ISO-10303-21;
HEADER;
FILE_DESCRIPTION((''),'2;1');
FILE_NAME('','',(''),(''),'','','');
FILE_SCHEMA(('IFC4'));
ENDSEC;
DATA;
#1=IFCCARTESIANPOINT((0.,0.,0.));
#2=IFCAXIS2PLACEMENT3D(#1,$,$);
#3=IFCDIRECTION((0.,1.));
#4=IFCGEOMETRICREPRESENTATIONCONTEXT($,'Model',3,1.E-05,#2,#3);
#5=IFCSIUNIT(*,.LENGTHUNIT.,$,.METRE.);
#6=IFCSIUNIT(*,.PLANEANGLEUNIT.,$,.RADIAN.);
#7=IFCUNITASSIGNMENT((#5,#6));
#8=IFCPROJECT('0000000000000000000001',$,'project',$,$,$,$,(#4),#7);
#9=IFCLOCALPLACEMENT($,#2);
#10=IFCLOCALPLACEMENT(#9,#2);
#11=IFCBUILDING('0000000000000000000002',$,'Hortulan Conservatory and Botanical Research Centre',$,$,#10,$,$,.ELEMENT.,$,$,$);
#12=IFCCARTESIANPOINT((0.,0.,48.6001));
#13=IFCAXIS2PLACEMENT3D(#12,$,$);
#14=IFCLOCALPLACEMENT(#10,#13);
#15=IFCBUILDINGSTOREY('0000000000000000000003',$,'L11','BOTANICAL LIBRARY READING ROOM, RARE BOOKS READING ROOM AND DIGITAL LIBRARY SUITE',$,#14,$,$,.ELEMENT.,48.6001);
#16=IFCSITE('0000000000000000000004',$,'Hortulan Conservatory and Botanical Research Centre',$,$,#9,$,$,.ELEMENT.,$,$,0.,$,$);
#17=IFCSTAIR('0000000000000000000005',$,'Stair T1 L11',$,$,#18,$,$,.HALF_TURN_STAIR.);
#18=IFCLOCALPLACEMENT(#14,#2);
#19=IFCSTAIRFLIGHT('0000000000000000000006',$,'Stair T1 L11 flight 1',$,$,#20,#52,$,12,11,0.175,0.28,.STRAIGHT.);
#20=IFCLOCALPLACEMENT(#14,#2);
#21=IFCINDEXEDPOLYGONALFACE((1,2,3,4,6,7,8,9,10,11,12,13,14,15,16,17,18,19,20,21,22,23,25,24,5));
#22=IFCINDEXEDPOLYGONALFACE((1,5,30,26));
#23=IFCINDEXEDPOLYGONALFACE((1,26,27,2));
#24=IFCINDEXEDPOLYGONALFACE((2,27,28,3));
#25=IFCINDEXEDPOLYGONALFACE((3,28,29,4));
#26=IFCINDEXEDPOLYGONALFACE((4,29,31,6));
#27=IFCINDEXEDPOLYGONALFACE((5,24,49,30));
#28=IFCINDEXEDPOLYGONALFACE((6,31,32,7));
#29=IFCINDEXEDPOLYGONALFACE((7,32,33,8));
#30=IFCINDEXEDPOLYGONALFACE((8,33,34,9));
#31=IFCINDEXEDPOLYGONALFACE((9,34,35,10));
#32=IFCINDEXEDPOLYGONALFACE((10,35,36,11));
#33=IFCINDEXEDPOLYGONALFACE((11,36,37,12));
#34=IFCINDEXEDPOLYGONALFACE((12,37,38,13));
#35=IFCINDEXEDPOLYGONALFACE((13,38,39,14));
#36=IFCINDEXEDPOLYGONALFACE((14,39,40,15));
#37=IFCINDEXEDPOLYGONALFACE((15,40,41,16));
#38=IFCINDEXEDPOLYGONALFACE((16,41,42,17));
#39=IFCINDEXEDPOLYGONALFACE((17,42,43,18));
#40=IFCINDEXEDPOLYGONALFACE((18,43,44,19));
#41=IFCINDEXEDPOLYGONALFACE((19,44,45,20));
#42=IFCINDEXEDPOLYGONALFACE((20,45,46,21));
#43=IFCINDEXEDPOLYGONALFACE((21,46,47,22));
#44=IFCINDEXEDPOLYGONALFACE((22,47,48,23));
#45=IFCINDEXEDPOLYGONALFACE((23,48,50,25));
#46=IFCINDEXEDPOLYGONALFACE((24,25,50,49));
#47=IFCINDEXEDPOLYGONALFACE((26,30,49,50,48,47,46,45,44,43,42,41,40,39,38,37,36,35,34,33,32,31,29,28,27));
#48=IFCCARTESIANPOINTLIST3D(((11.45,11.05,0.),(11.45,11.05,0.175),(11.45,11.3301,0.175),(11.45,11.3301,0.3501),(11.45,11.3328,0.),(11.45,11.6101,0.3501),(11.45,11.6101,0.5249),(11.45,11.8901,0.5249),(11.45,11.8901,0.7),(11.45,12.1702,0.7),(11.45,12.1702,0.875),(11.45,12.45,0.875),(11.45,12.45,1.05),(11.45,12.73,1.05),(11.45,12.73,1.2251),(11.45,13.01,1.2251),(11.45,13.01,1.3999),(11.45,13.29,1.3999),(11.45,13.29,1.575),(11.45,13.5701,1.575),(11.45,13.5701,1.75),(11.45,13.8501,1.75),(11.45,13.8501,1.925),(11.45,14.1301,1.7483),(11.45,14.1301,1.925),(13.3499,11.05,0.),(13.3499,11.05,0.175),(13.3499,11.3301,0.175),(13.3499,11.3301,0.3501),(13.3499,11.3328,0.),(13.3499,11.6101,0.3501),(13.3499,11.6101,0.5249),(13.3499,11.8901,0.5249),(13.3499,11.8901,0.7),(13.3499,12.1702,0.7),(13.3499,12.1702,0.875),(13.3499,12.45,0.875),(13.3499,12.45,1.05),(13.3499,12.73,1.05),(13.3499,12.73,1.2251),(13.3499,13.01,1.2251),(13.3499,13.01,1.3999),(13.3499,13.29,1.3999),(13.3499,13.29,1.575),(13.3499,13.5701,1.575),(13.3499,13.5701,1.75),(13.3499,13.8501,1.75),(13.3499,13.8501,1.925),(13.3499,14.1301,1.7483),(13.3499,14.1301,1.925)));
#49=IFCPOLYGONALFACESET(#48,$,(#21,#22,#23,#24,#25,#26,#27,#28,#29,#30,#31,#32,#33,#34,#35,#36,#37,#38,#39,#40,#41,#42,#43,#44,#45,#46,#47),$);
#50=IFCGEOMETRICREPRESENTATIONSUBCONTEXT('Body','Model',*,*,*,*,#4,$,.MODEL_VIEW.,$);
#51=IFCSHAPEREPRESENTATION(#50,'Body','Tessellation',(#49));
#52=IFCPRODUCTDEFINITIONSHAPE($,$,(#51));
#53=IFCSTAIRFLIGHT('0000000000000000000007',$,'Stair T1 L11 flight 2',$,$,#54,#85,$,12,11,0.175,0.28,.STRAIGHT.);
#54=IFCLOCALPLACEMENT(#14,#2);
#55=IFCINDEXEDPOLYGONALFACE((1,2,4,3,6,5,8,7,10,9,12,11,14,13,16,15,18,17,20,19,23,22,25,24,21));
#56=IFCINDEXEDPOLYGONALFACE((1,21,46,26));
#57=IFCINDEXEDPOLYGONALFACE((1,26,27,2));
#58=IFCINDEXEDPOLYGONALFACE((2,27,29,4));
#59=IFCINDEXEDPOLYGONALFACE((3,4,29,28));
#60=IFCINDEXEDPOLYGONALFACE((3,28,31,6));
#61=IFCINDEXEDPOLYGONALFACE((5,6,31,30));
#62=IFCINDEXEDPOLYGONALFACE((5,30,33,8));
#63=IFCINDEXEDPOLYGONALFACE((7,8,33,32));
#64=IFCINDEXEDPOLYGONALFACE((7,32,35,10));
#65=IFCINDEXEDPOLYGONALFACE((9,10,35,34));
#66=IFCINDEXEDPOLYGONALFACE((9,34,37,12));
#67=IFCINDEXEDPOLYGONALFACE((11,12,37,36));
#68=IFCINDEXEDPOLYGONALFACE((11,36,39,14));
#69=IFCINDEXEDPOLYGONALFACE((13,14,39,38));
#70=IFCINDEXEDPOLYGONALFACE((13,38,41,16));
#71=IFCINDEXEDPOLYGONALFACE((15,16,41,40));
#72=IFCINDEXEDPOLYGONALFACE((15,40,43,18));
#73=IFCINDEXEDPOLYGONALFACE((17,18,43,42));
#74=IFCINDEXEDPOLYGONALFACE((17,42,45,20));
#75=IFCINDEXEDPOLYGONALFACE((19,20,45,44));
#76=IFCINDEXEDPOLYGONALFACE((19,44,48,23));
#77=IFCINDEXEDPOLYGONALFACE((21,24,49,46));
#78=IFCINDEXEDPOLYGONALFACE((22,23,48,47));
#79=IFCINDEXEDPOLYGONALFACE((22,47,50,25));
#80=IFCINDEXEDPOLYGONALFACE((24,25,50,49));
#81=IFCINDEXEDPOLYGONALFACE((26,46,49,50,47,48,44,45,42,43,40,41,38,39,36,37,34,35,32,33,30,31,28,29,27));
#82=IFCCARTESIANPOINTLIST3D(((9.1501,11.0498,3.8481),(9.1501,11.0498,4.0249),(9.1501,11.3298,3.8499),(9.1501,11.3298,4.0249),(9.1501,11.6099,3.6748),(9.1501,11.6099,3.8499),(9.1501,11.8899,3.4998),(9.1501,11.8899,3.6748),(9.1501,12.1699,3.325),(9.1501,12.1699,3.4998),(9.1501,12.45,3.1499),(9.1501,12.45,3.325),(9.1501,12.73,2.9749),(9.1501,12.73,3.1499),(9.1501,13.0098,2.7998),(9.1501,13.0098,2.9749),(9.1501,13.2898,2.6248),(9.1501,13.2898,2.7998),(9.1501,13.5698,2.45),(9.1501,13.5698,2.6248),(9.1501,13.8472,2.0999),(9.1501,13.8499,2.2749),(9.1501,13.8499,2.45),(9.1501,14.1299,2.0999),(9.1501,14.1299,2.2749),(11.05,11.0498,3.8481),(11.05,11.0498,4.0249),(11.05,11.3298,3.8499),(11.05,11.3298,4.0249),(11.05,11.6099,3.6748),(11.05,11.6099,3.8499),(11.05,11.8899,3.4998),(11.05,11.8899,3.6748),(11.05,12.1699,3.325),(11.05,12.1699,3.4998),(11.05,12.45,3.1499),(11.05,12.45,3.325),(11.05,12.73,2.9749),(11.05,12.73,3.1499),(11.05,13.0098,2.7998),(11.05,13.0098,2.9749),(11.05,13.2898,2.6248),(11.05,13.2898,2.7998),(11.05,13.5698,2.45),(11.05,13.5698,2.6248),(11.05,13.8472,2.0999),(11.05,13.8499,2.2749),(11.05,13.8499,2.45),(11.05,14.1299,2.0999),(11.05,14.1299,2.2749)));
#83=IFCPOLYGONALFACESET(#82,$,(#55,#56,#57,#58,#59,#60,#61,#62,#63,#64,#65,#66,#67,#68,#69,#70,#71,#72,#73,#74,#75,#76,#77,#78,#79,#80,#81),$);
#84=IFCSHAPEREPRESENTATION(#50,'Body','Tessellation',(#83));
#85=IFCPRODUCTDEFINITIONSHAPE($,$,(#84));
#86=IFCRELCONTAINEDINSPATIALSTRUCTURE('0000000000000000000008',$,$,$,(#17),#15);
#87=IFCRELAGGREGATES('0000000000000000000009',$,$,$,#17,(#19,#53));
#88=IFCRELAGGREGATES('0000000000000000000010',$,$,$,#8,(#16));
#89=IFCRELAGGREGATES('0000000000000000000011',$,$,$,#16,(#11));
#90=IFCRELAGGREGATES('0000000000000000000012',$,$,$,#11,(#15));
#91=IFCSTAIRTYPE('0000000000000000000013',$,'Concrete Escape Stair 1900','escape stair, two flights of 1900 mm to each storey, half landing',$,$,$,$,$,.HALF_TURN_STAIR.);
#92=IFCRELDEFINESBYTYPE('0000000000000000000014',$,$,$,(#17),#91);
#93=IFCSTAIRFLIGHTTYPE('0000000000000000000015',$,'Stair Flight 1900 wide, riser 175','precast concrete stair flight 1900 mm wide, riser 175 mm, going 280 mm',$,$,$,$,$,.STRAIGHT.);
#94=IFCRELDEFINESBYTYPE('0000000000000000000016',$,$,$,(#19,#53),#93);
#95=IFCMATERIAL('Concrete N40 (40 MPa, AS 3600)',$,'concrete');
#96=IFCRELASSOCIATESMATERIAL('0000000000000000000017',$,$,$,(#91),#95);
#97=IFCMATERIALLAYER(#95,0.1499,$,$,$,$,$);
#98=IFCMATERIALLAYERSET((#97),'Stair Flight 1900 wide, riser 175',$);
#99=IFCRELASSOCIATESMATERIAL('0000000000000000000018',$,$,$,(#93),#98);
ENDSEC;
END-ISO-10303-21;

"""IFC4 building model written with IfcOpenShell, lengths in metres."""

from ifc_helpers import new_model, si_unit, direction, frame, origin, place, context, subcontext, project, spatial, polyline, outline, extrude, material, layer, layer_set, type_object, element, aggregate, save


model = new_model("IFC4")

# Units and contexts
model_context = context("Model", 3, precision=1e-05, world=origin(), true_north=direction((0.0, 1.0)))
body_context = subcontext(model_context, "Body", "Model", "MODEL_VIEW")
ifc_project = project(units=[si_unit("LENGTHUNIT", "METRE"), si_unit("PLANEANGLEUNIT", "RADIAN")], contexts=[model_context])

# Site, building, storey
site_placement = place(None, origin())
site = spatial("IfcSite", under=ifc_project, at=site_placement, Name="Hortulan Conservatory and Botanical Research Centre", CompositionType="ELEMENT", RefElevation=0.0)
building_placement = place(site_placement, origin())
building = spatial("IfcBuilding", under=site, at=building_placement, Name="Hortulan Conservatory and Botanical Research Centre", CompositionType="ELEMENT")
storey_placement = place(building_placement, frame((0.0, 0.0, 48.6001)))
storey = spatial("IfcBuildingStorey", under=building, at=storey_placement, Name="L11", Description="BOTANICAL LIBRARY READING ROOM, RARE BOOKS READING ROOM AND DIGITAL LIBRARY SUITE", CompositionType="ELEMENT", Elevation=48.6001)

# Shared definitions
ifc_material_1 = material(Name="Concrete N40 (40 MPa, AS 3600)", Category="concrete")

# Stair, stair flights
stair_type = type_object("IfcStairType", Name="Concrete Escape Stair 1900", Description="escape stair, two flights of 1900 mm to each storey, half landing", PredefinedType="HALF_TURN_STAIR", material=ifc_material_1)
stair_placement = place(storey_placement, origin())
stair = element("IfcStair", 1, at=stair_placement, inside=storey, type_object=stair_type, Name="Stair T1 L11", PredefinedType="HALF_TURN_STAIR")
ifc_layer_1 = layer(ifc_material_1, 0.1499)
ifc_layer_set_1 = layer_set([ifc_layer_1], Name="Stair Flight 1900 wide, riser 175")
stair_flight_type = type_object("IfcStairFlightType", Name="Stair Flight 1900 wide, riser 175", Description="precast concrete stair flight 1900 mm wide, riser 175 mm, going 280 mm", PredefinedType="STRAIGHT", material=ifc_layer_set_1)
stair_flight_1_placement = place(storey_placement, frame((12.3999, 11.05, 0.0), z_axis=(0.0, 0.0, 1.0), x_axis=(0.0, 1.0, 0.0)))
stair_flight_1 = element("IfcStairFlight", 2, at=stair_flight_1_placement, type_object=stair_flight_type, Name="Stair T1 L11 flight 1", NumberOfRisers=12, NumberOfTreads=11, PredefinedType="STRAIGHT", RiserHeight=0.175, TreadLength=0.28, context=body_context, shape_type="SweptSolid", body=[
    extrude(outline(polyline([(0.0, 0.0), (0.0, 0.175), (0.28, 0.175), (0.28, 0.3501), (0.5601, 0.3501), (0.5601, 0.5249), (0.8401, 0.5249), (0.8401, 0.7), (1.1201, 0.7), (1.1201, 0.875), (1.3999, 0.875), (1.3999, 1.05), (1.6799, 1.05), (1.6799, 1.2251), (1.96, 1.2251), (1.96, 1.3999), (2.24, 1.3999), (2.24, 1.575), (2.52, 1.575), (2.52, 1.75), (2.8, 1.75), (2.8, 1.925), (3.0801, 1.925), (3.0801, 2.1001), (3.0801, 1.7483), (0.2827, 0.0), (0.0, 0.0)])), frame((0.0, 0.95, 0.0), z_axis=(0.0, -1.0, 0.0), x_axis=(1.0, 0.0, 0.0)), (0.0, 0.0, 1.0), 1.8999),
])
stair_flight_2_placement = place(storey_placement, frame((10.1001, 14.1299, 2.0999), z_axis=(0.0, 0.0, 1.0), x_axis=(0.0, -1.0, 0.0)))
stair_flight_2 = element("IfcStairFlight", 3, at=stair_flight_2_placement, type_object=stair_flight_type, Name="Stair T1 L11 flight 2", NumberOfRisers=12, NumberOfTreads=11, PredefinedType="STRAIGHT", RiserHeight=0.175, TreadLength=0.28, context=body_context, shape_type="SweptSolid", body=[
    extrude(outline(polyline([(0.0, 0.0), (0.0, 0.175), (0.28, 0.175), (0.28, 0.3501), (0.5601, 0.3501), (0.5601, 0.5249), (0.8401, 0.5249), (0.8401, 0.7), (1.1201, 0.7), (1.1201, 0.875), (1.3999, 0.875), (1.3999, 1.05), (1.6799, 1.05), (1.6799, 1.2251), (1.96, 1.2251), (1.96, 1.3999), (2.24, 1.3999), (2.24, 1.575), (2.52, 1.575), (2.52, 1.75), (2.8, 1.75), (2.8, 1.925), (3.0801, 1.925), (3.0801, 2.1001), (3.0801, 1.7483), (0.2827, 0.0), (0.0, 0.0)])), frame((0.0, 0.95, 0.0), z_axis=(0.0, -1.0, 0.0), x_axis=(1.0, 0.0, 0.0)), (0.0, 0.0, 1.0), 1.8999),
])
aggregate(stair, [stair_flight_1, stair_flight_2])

save(model, "model.ifc")
